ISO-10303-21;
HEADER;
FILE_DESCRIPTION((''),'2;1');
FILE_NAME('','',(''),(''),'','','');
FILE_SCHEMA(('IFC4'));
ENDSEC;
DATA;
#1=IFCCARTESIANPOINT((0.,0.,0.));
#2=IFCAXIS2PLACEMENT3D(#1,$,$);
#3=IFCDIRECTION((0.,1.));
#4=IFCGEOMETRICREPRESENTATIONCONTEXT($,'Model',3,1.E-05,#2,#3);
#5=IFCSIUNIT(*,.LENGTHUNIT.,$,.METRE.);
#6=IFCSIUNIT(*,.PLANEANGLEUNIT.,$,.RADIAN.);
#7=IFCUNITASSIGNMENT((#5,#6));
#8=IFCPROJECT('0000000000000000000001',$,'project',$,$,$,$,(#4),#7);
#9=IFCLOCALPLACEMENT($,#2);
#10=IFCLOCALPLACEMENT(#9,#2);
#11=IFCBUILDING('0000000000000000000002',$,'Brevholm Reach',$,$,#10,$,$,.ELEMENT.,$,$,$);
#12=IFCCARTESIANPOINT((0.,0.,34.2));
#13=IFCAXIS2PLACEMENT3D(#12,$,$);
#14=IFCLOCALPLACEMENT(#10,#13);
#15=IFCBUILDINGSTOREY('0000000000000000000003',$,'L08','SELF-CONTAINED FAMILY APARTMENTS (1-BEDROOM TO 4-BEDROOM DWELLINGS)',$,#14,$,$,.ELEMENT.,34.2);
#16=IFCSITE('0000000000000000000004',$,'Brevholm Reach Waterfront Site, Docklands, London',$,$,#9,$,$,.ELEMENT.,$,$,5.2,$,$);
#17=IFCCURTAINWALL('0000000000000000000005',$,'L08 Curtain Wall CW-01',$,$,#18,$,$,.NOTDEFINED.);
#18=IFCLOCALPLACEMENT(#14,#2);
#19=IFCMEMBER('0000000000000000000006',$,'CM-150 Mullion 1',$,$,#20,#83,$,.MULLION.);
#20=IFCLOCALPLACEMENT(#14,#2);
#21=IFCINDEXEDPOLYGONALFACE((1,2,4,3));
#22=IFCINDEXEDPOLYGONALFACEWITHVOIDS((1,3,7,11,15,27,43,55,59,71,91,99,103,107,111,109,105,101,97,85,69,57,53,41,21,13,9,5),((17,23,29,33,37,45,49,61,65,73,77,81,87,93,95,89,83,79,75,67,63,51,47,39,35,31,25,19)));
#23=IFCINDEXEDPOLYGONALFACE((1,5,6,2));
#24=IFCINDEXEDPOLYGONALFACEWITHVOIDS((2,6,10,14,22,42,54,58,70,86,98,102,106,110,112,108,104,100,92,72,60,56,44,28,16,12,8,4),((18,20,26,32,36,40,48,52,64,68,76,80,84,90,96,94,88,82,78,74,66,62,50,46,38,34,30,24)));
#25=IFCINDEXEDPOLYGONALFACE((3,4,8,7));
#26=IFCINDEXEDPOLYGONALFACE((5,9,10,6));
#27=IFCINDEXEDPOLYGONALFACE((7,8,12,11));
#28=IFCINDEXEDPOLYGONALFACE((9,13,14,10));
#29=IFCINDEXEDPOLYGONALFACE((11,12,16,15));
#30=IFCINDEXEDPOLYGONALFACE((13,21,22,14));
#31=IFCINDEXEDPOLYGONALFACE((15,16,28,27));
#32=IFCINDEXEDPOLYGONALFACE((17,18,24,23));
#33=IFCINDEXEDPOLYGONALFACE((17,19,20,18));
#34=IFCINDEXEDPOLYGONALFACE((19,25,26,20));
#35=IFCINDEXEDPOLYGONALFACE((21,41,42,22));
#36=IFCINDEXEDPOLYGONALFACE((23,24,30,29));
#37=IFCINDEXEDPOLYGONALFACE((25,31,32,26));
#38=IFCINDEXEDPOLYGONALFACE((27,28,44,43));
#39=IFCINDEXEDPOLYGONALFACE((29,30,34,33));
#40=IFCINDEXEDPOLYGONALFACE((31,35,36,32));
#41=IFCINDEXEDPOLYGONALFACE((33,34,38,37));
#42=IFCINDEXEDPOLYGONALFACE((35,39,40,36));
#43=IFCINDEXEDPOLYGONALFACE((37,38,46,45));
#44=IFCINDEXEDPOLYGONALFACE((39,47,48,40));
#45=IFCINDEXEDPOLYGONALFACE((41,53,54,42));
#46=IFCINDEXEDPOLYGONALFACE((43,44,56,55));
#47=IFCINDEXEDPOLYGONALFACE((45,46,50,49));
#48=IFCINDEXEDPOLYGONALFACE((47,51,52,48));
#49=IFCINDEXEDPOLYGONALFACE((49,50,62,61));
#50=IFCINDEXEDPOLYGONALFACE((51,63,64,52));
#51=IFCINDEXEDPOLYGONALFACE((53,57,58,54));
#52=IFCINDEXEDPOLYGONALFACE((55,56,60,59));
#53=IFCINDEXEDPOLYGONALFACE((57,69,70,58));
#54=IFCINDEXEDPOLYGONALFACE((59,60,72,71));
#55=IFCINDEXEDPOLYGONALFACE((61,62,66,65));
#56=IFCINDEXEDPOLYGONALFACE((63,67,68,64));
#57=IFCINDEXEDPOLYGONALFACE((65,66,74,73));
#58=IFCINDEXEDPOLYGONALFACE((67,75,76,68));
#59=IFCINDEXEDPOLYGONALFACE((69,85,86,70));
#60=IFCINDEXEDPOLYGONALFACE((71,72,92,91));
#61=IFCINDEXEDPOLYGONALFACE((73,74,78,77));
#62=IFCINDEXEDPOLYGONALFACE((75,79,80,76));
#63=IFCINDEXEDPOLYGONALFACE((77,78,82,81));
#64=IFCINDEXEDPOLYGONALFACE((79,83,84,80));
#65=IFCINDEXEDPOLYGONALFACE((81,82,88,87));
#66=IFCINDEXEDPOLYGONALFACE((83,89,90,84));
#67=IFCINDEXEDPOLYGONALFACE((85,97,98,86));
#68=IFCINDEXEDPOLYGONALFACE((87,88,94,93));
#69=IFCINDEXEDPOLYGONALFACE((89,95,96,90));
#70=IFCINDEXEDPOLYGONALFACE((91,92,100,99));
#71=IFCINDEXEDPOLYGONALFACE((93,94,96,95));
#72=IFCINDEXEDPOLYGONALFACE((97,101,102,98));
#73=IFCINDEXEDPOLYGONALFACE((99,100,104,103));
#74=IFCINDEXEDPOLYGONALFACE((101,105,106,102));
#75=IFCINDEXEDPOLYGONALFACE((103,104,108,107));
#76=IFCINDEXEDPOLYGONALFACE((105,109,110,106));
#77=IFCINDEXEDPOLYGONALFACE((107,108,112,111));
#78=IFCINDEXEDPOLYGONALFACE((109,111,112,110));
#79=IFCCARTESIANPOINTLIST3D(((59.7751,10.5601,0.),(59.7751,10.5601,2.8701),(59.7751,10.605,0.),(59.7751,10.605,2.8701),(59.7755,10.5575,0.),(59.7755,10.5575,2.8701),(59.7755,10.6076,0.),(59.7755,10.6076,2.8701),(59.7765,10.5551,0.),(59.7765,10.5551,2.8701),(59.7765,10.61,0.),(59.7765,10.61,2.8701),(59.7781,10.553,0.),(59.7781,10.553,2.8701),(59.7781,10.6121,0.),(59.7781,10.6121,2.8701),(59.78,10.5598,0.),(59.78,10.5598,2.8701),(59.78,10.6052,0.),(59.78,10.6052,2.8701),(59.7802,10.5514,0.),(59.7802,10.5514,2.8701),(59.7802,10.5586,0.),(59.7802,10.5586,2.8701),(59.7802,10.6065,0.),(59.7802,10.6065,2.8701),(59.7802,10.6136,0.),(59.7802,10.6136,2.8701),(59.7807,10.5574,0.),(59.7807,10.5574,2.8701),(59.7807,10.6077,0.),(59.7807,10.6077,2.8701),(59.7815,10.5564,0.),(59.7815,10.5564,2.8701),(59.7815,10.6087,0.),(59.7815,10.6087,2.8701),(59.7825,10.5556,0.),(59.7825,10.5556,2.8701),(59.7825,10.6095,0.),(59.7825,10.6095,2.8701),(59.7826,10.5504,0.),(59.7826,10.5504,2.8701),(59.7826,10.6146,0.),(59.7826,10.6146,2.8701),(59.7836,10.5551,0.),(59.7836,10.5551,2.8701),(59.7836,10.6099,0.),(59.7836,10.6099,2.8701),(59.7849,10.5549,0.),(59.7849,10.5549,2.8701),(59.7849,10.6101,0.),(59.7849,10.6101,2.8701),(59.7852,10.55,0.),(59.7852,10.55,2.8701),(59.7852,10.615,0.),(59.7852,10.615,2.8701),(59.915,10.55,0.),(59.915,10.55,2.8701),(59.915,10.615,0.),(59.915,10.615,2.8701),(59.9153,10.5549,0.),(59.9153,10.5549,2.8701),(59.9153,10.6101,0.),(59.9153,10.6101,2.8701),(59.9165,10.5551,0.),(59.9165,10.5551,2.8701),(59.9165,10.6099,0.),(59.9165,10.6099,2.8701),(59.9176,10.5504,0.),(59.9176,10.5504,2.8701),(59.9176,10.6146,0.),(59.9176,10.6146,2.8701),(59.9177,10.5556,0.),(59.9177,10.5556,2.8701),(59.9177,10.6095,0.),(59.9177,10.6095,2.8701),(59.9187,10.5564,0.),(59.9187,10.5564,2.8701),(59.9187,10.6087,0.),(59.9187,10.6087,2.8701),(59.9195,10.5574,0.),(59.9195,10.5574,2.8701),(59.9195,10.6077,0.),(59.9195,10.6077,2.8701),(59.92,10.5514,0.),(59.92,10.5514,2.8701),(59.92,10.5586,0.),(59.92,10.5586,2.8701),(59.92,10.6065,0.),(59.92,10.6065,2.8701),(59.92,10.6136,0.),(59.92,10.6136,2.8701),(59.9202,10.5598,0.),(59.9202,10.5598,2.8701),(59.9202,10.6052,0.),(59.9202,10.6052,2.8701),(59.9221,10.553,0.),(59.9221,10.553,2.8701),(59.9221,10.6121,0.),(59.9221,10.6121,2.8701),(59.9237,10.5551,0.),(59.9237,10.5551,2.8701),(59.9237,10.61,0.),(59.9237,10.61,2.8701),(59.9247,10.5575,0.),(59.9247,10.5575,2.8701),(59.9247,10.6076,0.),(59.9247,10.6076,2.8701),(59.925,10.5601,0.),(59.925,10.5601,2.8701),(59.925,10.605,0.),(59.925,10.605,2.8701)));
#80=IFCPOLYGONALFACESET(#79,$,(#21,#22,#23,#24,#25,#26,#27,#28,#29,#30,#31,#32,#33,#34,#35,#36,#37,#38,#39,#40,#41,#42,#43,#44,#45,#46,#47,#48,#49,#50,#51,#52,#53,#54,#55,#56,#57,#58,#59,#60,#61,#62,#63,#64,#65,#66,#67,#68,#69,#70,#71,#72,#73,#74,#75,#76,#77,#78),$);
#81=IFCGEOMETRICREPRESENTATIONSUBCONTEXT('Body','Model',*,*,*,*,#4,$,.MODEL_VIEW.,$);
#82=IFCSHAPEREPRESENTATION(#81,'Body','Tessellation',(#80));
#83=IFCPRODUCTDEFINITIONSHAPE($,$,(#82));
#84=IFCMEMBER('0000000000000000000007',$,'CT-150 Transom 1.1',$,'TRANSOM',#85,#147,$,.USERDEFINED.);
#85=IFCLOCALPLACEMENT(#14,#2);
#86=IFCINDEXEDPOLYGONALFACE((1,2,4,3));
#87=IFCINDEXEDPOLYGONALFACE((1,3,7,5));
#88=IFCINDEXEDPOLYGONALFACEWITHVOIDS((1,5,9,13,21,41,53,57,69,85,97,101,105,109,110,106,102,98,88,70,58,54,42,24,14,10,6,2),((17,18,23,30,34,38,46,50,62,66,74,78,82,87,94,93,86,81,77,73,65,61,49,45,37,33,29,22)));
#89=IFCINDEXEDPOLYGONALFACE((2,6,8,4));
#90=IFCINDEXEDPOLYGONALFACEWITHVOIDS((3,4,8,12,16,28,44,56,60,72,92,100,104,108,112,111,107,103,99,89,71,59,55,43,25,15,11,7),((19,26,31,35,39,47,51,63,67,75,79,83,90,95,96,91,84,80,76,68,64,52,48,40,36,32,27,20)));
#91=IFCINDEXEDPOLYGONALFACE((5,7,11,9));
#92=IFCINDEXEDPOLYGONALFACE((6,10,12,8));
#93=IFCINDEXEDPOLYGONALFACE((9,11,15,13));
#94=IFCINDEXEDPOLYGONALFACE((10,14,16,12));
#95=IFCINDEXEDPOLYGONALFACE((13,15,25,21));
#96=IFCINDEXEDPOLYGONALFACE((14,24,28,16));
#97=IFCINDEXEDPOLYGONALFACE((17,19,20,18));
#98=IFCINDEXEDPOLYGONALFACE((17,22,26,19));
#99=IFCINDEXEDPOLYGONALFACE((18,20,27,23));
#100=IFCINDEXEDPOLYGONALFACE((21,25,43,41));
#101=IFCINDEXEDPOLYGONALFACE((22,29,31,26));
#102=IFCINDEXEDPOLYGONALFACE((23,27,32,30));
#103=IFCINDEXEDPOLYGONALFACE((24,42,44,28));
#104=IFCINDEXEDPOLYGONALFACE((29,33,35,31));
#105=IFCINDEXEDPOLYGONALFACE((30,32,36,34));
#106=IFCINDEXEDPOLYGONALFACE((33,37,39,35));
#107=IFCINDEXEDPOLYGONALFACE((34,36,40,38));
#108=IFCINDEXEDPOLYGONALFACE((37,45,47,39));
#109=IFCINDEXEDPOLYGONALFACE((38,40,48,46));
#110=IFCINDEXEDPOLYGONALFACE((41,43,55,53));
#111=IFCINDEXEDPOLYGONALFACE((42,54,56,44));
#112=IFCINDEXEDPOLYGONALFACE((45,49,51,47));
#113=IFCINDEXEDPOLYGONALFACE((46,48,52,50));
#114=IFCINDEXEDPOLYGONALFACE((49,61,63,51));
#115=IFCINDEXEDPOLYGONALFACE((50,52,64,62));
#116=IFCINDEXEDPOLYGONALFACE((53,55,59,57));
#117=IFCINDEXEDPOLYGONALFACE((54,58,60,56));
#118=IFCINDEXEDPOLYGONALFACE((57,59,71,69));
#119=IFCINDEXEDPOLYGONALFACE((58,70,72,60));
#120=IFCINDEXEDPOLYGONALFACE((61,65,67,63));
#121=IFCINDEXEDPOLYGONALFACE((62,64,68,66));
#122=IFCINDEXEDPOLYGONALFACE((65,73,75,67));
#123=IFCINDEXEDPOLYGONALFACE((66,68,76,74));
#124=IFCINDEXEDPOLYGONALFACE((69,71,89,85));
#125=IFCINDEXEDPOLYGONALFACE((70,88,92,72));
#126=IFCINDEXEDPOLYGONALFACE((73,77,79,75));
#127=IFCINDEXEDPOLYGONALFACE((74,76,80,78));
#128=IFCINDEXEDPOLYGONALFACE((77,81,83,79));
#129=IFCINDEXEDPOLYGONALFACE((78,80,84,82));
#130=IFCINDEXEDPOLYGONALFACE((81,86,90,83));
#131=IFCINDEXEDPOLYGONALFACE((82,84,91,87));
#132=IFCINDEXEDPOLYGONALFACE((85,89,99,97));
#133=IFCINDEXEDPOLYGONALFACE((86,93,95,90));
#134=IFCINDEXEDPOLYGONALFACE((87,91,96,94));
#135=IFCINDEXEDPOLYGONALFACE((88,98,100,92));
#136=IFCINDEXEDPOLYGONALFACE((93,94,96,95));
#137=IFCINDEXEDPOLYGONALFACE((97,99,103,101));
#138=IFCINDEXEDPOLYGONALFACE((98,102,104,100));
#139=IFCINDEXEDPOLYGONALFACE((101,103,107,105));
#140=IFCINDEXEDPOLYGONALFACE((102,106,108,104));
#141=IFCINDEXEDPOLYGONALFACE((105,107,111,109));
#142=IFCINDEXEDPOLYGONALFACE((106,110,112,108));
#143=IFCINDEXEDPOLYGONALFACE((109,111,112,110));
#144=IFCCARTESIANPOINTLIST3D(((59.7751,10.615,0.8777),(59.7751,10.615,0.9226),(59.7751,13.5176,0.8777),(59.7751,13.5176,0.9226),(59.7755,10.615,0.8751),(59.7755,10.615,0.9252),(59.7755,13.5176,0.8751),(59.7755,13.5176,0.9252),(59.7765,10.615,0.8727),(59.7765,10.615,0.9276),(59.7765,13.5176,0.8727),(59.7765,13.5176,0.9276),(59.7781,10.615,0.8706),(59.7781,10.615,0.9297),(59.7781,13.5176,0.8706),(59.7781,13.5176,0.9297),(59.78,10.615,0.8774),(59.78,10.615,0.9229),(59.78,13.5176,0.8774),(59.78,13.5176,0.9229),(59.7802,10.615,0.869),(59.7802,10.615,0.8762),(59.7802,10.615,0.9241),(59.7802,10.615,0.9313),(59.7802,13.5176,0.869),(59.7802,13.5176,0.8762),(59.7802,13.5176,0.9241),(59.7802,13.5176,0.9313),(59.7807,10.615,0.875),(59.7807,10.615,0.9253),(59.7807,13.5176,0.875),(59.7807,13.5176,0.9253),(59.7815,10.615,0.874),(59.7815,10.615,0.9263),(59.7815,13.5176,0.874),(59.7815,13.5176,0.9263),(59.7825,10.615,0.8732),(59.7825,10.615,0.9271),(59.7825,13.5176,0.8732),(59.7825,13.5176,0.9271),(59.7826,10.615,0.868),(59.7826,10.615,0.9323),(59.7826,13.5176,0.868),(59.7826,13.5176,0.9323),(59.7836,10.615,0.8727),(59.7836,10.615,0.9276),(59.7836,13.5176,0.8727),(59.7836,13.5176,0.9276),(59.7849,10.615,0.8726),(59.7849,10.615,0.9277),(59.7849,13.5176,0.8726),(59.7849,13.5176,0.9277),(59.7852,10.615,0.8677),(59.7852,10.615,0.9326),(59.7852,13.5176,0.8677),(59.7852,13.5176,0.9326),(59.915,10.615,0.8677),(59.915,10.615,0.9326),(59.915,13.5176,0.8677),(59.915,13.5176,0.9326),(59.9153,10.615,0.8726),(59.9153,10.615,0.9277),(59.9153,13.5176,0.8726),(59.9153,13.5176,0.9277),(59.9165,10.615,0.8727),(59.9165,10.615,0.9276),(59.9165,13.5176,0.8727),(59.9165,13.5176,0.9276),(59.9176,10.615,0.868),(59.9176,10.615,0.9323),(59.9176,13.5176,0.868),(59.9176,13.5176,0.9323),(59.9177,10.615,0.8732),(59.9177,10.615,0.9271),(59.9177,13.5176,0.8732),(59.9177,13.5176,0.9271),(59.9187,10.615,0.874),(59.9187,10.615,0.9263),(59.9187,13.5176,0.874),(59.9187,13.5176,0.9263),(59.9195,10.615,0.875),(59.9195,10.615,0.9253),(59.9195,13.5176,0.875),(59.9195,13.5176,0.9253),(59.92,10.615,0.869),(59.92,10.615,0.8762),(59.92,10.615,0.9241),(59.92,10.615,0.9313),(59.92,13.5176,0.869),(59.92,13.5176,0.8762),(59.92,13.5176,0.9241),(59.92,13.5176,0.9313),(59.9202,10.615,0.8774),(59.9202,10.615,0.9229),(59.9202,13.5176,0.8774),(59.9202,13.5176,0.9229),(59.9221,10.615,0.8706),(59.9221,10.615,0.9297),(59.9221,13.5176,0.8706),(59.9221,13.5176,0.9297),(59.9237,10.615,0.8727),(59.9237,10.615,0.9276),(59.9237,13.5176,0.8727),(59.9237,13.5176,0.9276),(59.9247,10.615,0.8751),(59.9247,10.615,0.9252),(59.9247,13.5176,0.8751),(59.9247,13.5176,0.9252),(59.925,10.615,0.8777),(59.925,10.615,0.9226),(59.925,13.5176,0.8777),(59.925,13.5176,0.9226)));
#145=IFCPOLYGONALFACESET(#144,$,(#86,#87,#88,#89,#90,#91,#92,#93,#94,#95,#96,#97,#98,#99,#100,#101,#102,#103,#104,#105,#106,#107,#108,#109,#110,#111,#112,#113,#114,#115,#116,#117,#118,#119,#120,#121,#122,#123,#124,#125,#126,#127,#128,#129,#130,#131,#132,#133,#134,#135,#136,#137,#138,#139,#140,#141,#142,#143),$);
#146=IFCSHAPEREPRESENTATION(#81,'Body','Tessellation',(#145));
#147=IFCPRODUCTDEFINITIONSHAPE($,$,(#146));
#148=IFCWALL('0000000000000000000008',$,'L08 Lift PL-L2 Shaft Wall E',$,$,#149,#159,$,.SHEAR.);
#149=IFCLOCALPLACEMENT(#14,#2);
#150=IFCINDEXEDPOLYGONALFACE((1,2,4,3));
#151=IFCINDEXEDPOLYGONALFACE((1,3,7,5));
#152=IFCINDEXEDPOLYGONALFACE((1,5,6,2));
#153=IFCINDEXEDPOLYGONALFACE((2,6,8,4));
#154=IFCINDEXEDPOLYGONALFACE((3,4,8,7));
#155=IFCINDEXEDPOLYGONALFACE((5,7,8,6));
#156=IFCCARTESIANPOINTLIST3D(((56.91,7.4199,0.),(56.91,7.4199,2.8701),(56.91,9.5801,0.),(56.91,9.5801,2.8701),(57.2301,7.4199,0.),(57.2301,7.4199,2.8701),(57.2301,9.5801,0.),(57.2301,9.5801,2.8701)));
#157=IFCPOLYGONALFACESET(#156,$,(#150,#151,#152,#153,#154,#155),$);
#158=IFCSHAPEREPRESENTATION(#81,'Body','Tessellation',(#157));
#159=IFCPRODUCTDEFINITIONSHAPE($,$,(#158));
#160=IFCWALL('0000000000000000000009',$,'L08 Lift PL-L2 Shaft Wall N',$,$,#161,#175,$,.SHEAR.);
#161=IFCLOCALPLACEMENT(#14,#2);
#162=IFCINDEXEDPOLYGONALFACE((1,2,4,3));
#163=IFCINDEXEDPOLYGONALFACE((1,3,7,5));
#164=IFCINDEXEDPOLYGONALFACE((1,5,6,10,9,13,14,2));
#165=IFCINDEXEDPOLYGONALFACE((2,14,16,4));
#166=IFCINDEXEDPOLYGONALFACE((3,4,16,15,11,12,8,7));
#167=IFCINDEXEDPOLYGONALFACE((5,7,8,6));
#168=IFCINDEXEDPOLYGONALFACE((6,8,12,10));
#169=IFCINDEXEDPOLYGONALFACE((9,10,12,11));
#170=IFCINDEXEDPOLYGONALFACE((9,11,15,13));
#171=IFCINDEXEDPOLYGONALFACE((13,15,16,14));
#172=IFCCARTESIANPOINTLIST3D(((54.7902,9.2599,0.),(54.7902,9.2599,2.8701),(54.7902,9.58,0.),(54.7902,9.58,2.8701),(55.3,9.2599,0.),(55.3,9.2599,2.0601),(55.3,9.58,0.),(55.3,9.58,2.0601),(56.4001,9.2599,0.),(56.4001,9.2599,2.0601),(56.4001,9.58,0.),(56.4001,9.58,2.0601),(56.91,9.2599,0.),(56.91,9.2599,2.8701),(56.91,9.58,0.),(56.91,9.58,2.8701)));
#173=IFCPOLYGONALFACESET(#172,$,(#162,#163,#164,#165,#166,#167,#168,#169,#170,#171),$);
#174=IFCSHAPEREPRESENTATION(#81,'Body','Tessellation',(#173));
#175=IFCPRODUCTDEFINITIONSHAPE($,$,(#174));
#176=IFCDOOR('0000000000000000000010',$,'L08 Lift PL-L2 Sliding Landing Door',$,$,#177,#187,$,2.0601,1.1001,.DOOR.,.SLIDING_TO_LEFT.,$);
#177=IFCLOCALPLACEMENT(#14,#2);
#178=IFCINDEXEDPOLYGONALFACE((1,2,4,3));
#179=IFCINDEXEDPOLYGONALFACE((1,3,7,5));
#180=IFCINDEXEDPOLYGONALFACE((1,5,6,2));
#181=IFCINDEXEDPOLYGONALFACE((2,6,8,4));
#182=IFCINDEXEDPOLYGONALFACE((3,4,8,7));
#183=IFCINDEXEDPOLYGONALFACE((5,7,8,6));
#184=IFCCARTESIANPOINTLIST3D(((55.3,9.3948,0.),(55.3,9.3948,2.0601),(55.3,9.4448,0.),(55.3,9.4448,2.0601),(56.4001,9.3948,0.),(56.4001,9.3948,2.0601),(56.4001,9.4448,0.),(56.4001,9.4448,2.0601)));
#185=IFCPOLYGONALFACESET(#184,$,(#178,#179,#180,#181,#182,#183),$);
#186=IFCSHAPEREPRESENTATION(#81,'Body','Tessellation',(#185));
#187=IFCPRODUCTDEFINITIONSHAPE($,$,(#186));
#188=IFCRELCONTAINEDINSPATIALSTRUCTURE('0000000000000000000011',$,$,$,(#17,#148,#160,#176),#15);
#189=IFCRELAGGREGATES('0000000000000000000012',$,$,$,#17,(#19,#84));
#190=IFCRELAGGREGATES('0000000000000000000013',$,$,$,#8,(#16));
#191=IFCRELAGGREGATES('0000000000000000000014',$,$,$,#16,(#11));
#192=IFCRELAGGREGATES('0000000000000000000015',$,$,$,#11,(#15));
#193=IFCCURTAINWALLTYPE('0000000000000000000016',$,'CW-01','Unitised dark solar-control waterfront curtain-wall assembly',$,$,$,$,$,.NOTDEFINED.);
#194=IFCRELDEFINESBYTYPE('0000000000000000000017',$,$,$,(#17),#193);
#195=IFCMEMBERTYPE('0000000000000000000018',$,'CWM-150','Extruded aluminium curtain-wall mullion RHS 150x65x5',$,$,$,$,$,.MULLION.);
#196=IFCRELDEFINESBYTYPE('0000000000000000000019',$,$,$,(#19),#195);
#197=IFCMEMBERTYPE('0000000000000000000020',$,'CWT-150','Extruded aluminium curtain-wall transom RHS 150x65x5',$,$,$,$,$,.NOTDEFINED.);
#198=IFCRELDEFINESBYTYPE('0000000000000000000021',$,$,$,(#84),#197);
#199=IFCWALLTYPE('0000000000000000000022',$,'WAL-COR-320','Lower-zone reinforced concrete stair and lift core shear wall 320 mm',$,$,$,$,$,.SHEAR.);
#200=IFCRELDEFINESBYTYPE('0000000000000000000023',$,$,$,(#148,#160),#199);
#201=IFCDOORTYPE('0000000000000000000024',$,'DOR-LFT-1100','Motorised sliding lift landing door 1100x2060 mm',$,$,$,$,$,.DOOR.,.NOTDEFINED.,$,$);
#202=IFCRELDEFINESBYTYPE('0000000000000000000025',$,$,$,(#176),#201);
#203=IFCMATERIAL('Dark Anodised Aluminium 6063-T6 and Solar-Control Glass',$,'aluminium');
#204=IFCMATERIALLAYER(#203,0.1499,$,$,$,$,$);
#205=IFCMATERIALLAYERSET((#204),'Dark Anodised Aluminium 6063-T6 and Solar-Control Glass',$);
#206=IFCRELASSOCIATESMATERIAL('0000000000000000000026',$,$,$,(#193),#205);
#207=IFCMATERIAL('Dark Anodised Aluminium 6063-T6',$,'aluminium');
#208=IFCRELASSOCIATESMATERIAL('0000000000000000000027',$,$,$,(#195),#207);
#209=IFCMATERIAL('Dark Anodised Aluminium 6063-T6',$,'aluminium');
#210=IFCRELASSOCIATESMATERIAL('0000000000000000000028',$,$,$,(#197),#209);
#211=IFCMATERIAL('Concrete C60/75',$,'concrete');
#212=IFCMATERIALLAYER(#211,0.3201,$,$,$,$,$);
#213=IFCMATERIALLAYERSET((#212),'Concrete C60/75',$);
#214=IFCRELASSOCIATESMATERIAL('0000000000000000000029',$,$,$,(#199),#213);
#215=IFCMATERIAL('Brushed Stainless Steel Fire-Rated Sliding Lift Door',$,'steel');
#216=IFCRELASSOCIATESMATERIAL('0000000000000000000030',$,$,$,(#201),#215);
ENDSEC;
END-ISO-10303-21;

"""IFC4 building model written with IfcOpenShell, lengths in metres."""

from ifc_helpers import new_model, si_unit, direction, frame, frame_2d, origin, origin_2d, place, context, subcontext, project, spatial, rectangle, hollow_rectangle, extrude, material, layer, layer_set, material_profile, profile_set, type_object, element, fill, aggregate, save


model = new_model("IFC4")

# Units and contexts
model_context = context("Model", 3, precision=1e-05, world=origin(), true_north=direction((0.0, 1.0)))
body_context = subcontext(model_context, "Body", "Model", "MODEL_VIEW")
ifc_project = project(units=[si_unit("LENGTHUNIT", "METRE"), si_unit("PLANEANGLEUNIT", "RADIAN")], contexts=[model_context])

# Site, building, storey
site_placement = place(None, origin())
site = spatial("IfcSite", under=ifc_project, at=site_placement, Name="Brevholm Reach Waterfront Site, Docklands, London", CompositionType="ELEMENT", RefElevation=5.2)
building_placement = place(site_placement, origin())
building = spatial("IfcBuilding", under=site, at=building_placement, Name="Brevholm Reach", CompositionType="ELEMENT")
storey_placement = place(building_placement, frame((0.0, 0.0, 34.2)))
storey = spatial("IfcBuildingStorey", under=building, at=storey_placement, Name="L08", Description="SELF-CONTAINED FAMILY APARTMENTS (1-BEDROOM TO 4-BEDROOM DWELLINGS)", CompositionType="ELEMENT", Elevation=34.2)

# Curtain wall, members
ifc_material_1 = material(Name="Dark Anodised Aluminium 6063-T6 and Solar-Control Glass", Category="aluminium")
ifc_layer_1 = layer(ifc_material_1, 0.1499)
ifc_layer_set_1 = layer_set([ifc_layer_1], Name="Dark Anodised Aluminium 6063-T6 and Solar-Control Glass")
curtain_wall_type = type_object("IfcCurtainWallType", Name="CW-01", Description="Unitised dark solar-control waterfront curtain-wall assembly", PredefinedType="NOTDEFINED", material=ifc_layer_set_1)
curtain_wall_placement = place(storey_placement, origin())
curtain_wall = element("IfcCurtainWall", 1, at=curtain_wall_placement, inside=storey, type_object=curtain_wall_type, Name="L08 Curtain Wall CW-01", PredefinedType="NOTDEFINED")
ifc_material_2 = material(Name="Dark Anodised Aluminium 6063-T6", Category="aluminium")
ifc_material_profile_1 = material_profile(ifc_material_2, hollow_rectangle(XDim=0.0649, YDim=0.1499, WallThickness=0.0049, InnerFilletRadius=0.0049, OuterFilletRadius=0.01, at=origin_2d()), Name="RHS 150x65x5")
ifc_profile_set_1 = profile_set([ifc_material_profile_1], Name="Dark Anodised Aluminium 6063-T6")
member_type_1 = type_object("IfcMemberType", Name="CWM-150", Description="Extruded aluminium curtain-wall mullion RHS 150x65x5", PredefinedType="MULLION", material=ifc_profile_set_1)
member_1_placement = place(storey_placement, frame((59.8501, 10.5825, 0.0), z_axis=(0.0, 0.0, 1.0), x_axis=(0.0, 1.0, 0.0)))
member_1 = element("IfcMember", 2, at=member_1_placement, type_object=member_type_1, Name="CM-150 Mullion 1", PredefinedType="MULLION", context=body_context, shape_type="SweptSolid", body=[
    extrude(hollow_rectangle(XDim=0.0649, YDim=0.1499, WallThickness=0.0049, InnerFilletRadius=0.0049, OuterFilletRadius=0.01, at=origin_2d()), origin(), (0.0, 0.0, 1.0), 2.8701),
])
ifc_material_3 = material(Name="Dark Anodised Aluminium 6063-T6", Category="aluminium")
ifc_material_profile_2 = material_profile(ifc_material_3, hollow_rectangle(XDim=0.0649, YDim=0.1499, WallThickness=0.0049, InnerFilletRadius=0.0049, OuterFilletRadius=0.01, at=origin_2d()), Name="RHS 150x65x5")
ifc_profile_set_2 = profile_set([ifc_material_profile_2], Name="Dark Anodised Aluminium 6063-T6")
member_type_2 = type_object("IfcMemberType", Name="CWT-150", Description="Extruded aluminium curtain-wall transom RHS 150x65x5", PredefinedType="NOTDEFINED", material=ifc_profile_set_2)
member_2_placement = place(storey_placement, frame((59.8501, 10.615, 0.9001), z_axis=(0.0, 1.0, 0.0), x_axis=(0.0, 0.0, 1.0)))
member_2 = element("IfcMember", 3, at=member_2_placement, type_object=member_type_2, Name="CT-150 Transom 1.1", ObjectType="TRANSOM", PredefinedType="USERDEFINED", context=body_context, shape_type="SweptSolid", body=[
    extrude(hollow_rectangle(XDim=0.0649, YDim=0.1499, WallThickness=0.0049, InnerFilletRadius=0.0049, OuterFilletRadius=0.01, at=origin_2d()), origin(), (0.0, 0.0, 1.0), 2.9026),
])
aggregate(curtain_wall, [member_1, member_2])

# Wall
ifc_material_4 = material(Name="Concrete C60/75", Category="concrete")
ifc_layer_2 = layer(ifc_material_4, 0.3201)
ifc_layer_set_2 = layer_set([ifc_layer_2], Name="Concrete C60/75")
wall_type_1 = type_object("IfcWallType", Name="WAL-COR-320", Description="Lower-zone reinforced concrete stair and lift core shear wall 320 mm", PredefinedType="SHEAR", material=ifc_layer_set_2)
wall_1_placement = place(storey_placement, frame((57.0701, 7.4199, 0.0), z_axis=(0.0, 0.0, 1.0), x_axis=(0.0, 1.0, 0.0)))
element("IfcWall", 4, at=wall_1_placement, inside=storey, type_object=wall_type_1, Name="L08 Lift PL-L2 Shaft Wall E", PredefinedType="SHEAR", context=body_context, shape_type="SweptSolid", body=[
    extrude(rectangle(XDim=2.1602, YDim=0.3201, at=frame_2d((1.0801, 0.0))), origin(), (0.0, 0.0, 1.0), 2.8701),
])

# Wall, opening, door
wall_2_placement = place(storey_placement, frame((54.79, 9.4199, 0.0), z_axis=(0.0, 0.0, 1.0), x_axis=(1.0, 0.0, 0.0)))
wall_2 = element("IfcWall", 5, at=wall_2_placement, inside=storey, type_object=wall_type_1, Name="L08 Lift PL-L2 Shaft Wall N", PredefinedType="SHEAR", context=body_context, shape_type="SweptSolid", body=[
    extrude(rectangle(XDim=2.1199, YDim=0.3201, at=frame_2d((1.0601, 0.0))), origin(), (0.0, 0.0, 1.0), 2.8701),
])
opening_1_placement = place(wall_2_placement, frame((0.51, 0.0, 0.0)))
opening_1 = element("IfcOpeningElement", 6, at=opening_1_placement, cuts=wall_2, PredefinedType="OPENING", context=body_context, shape_type="SweptSolid", body=[
    extrude(rectangle(XDim=1.1001, YDim=2.0601, at=frame_2d((0.55, 1.03))), frame((0.0, 0.1699, 0.0), z_axis=(0.0, -1.0, 0.0), x_axis=(1.0, 0.0, 0.0)), (0.0, 0.0, 1.0), 0.3401),
])
ifc_material_5 = material(Name="Brushed Stainless Steel Fire-Rated Sliding Lift Door", Category="steel")
door_type_1 = type_object("IfcDoorType", Name="DOR-LFT-1100", Description="Motorised sliding lift landing door 1100x2060 mm", OperationType="NOTDEFINED", PredefinedType="DOOR", material=ifc_material_5)
door_1_placement = place(opening_1_placement, origin())
door_1 = element("IfcDoor", 7, at=door_1_placement, inside=storey, type_object=door_type_1, Name="L08 Lift PL-L2 Sliding Landing Door", OperationType="SLIDING_TO_LEFT", OverallHeight=2.0601, OverallWidth=1.1001, PredefinedType="DOOR", context=body_context, shape_type="SweptSolid", body=[
    extrude(rectangle(XDim=1.1001, YDim=2.0601, at=frame_2d((0.55, 1.03))), frame((0.0, 0.0249, 0.0), z_axis=(0.0, -1.0, 0.0), x_axis=(1.0, 0.0, 0.0)), (0.0, 0.0, 1.0), 0.05),
])
fill(opening_1, door_1)

save(model, "model.ifc")
